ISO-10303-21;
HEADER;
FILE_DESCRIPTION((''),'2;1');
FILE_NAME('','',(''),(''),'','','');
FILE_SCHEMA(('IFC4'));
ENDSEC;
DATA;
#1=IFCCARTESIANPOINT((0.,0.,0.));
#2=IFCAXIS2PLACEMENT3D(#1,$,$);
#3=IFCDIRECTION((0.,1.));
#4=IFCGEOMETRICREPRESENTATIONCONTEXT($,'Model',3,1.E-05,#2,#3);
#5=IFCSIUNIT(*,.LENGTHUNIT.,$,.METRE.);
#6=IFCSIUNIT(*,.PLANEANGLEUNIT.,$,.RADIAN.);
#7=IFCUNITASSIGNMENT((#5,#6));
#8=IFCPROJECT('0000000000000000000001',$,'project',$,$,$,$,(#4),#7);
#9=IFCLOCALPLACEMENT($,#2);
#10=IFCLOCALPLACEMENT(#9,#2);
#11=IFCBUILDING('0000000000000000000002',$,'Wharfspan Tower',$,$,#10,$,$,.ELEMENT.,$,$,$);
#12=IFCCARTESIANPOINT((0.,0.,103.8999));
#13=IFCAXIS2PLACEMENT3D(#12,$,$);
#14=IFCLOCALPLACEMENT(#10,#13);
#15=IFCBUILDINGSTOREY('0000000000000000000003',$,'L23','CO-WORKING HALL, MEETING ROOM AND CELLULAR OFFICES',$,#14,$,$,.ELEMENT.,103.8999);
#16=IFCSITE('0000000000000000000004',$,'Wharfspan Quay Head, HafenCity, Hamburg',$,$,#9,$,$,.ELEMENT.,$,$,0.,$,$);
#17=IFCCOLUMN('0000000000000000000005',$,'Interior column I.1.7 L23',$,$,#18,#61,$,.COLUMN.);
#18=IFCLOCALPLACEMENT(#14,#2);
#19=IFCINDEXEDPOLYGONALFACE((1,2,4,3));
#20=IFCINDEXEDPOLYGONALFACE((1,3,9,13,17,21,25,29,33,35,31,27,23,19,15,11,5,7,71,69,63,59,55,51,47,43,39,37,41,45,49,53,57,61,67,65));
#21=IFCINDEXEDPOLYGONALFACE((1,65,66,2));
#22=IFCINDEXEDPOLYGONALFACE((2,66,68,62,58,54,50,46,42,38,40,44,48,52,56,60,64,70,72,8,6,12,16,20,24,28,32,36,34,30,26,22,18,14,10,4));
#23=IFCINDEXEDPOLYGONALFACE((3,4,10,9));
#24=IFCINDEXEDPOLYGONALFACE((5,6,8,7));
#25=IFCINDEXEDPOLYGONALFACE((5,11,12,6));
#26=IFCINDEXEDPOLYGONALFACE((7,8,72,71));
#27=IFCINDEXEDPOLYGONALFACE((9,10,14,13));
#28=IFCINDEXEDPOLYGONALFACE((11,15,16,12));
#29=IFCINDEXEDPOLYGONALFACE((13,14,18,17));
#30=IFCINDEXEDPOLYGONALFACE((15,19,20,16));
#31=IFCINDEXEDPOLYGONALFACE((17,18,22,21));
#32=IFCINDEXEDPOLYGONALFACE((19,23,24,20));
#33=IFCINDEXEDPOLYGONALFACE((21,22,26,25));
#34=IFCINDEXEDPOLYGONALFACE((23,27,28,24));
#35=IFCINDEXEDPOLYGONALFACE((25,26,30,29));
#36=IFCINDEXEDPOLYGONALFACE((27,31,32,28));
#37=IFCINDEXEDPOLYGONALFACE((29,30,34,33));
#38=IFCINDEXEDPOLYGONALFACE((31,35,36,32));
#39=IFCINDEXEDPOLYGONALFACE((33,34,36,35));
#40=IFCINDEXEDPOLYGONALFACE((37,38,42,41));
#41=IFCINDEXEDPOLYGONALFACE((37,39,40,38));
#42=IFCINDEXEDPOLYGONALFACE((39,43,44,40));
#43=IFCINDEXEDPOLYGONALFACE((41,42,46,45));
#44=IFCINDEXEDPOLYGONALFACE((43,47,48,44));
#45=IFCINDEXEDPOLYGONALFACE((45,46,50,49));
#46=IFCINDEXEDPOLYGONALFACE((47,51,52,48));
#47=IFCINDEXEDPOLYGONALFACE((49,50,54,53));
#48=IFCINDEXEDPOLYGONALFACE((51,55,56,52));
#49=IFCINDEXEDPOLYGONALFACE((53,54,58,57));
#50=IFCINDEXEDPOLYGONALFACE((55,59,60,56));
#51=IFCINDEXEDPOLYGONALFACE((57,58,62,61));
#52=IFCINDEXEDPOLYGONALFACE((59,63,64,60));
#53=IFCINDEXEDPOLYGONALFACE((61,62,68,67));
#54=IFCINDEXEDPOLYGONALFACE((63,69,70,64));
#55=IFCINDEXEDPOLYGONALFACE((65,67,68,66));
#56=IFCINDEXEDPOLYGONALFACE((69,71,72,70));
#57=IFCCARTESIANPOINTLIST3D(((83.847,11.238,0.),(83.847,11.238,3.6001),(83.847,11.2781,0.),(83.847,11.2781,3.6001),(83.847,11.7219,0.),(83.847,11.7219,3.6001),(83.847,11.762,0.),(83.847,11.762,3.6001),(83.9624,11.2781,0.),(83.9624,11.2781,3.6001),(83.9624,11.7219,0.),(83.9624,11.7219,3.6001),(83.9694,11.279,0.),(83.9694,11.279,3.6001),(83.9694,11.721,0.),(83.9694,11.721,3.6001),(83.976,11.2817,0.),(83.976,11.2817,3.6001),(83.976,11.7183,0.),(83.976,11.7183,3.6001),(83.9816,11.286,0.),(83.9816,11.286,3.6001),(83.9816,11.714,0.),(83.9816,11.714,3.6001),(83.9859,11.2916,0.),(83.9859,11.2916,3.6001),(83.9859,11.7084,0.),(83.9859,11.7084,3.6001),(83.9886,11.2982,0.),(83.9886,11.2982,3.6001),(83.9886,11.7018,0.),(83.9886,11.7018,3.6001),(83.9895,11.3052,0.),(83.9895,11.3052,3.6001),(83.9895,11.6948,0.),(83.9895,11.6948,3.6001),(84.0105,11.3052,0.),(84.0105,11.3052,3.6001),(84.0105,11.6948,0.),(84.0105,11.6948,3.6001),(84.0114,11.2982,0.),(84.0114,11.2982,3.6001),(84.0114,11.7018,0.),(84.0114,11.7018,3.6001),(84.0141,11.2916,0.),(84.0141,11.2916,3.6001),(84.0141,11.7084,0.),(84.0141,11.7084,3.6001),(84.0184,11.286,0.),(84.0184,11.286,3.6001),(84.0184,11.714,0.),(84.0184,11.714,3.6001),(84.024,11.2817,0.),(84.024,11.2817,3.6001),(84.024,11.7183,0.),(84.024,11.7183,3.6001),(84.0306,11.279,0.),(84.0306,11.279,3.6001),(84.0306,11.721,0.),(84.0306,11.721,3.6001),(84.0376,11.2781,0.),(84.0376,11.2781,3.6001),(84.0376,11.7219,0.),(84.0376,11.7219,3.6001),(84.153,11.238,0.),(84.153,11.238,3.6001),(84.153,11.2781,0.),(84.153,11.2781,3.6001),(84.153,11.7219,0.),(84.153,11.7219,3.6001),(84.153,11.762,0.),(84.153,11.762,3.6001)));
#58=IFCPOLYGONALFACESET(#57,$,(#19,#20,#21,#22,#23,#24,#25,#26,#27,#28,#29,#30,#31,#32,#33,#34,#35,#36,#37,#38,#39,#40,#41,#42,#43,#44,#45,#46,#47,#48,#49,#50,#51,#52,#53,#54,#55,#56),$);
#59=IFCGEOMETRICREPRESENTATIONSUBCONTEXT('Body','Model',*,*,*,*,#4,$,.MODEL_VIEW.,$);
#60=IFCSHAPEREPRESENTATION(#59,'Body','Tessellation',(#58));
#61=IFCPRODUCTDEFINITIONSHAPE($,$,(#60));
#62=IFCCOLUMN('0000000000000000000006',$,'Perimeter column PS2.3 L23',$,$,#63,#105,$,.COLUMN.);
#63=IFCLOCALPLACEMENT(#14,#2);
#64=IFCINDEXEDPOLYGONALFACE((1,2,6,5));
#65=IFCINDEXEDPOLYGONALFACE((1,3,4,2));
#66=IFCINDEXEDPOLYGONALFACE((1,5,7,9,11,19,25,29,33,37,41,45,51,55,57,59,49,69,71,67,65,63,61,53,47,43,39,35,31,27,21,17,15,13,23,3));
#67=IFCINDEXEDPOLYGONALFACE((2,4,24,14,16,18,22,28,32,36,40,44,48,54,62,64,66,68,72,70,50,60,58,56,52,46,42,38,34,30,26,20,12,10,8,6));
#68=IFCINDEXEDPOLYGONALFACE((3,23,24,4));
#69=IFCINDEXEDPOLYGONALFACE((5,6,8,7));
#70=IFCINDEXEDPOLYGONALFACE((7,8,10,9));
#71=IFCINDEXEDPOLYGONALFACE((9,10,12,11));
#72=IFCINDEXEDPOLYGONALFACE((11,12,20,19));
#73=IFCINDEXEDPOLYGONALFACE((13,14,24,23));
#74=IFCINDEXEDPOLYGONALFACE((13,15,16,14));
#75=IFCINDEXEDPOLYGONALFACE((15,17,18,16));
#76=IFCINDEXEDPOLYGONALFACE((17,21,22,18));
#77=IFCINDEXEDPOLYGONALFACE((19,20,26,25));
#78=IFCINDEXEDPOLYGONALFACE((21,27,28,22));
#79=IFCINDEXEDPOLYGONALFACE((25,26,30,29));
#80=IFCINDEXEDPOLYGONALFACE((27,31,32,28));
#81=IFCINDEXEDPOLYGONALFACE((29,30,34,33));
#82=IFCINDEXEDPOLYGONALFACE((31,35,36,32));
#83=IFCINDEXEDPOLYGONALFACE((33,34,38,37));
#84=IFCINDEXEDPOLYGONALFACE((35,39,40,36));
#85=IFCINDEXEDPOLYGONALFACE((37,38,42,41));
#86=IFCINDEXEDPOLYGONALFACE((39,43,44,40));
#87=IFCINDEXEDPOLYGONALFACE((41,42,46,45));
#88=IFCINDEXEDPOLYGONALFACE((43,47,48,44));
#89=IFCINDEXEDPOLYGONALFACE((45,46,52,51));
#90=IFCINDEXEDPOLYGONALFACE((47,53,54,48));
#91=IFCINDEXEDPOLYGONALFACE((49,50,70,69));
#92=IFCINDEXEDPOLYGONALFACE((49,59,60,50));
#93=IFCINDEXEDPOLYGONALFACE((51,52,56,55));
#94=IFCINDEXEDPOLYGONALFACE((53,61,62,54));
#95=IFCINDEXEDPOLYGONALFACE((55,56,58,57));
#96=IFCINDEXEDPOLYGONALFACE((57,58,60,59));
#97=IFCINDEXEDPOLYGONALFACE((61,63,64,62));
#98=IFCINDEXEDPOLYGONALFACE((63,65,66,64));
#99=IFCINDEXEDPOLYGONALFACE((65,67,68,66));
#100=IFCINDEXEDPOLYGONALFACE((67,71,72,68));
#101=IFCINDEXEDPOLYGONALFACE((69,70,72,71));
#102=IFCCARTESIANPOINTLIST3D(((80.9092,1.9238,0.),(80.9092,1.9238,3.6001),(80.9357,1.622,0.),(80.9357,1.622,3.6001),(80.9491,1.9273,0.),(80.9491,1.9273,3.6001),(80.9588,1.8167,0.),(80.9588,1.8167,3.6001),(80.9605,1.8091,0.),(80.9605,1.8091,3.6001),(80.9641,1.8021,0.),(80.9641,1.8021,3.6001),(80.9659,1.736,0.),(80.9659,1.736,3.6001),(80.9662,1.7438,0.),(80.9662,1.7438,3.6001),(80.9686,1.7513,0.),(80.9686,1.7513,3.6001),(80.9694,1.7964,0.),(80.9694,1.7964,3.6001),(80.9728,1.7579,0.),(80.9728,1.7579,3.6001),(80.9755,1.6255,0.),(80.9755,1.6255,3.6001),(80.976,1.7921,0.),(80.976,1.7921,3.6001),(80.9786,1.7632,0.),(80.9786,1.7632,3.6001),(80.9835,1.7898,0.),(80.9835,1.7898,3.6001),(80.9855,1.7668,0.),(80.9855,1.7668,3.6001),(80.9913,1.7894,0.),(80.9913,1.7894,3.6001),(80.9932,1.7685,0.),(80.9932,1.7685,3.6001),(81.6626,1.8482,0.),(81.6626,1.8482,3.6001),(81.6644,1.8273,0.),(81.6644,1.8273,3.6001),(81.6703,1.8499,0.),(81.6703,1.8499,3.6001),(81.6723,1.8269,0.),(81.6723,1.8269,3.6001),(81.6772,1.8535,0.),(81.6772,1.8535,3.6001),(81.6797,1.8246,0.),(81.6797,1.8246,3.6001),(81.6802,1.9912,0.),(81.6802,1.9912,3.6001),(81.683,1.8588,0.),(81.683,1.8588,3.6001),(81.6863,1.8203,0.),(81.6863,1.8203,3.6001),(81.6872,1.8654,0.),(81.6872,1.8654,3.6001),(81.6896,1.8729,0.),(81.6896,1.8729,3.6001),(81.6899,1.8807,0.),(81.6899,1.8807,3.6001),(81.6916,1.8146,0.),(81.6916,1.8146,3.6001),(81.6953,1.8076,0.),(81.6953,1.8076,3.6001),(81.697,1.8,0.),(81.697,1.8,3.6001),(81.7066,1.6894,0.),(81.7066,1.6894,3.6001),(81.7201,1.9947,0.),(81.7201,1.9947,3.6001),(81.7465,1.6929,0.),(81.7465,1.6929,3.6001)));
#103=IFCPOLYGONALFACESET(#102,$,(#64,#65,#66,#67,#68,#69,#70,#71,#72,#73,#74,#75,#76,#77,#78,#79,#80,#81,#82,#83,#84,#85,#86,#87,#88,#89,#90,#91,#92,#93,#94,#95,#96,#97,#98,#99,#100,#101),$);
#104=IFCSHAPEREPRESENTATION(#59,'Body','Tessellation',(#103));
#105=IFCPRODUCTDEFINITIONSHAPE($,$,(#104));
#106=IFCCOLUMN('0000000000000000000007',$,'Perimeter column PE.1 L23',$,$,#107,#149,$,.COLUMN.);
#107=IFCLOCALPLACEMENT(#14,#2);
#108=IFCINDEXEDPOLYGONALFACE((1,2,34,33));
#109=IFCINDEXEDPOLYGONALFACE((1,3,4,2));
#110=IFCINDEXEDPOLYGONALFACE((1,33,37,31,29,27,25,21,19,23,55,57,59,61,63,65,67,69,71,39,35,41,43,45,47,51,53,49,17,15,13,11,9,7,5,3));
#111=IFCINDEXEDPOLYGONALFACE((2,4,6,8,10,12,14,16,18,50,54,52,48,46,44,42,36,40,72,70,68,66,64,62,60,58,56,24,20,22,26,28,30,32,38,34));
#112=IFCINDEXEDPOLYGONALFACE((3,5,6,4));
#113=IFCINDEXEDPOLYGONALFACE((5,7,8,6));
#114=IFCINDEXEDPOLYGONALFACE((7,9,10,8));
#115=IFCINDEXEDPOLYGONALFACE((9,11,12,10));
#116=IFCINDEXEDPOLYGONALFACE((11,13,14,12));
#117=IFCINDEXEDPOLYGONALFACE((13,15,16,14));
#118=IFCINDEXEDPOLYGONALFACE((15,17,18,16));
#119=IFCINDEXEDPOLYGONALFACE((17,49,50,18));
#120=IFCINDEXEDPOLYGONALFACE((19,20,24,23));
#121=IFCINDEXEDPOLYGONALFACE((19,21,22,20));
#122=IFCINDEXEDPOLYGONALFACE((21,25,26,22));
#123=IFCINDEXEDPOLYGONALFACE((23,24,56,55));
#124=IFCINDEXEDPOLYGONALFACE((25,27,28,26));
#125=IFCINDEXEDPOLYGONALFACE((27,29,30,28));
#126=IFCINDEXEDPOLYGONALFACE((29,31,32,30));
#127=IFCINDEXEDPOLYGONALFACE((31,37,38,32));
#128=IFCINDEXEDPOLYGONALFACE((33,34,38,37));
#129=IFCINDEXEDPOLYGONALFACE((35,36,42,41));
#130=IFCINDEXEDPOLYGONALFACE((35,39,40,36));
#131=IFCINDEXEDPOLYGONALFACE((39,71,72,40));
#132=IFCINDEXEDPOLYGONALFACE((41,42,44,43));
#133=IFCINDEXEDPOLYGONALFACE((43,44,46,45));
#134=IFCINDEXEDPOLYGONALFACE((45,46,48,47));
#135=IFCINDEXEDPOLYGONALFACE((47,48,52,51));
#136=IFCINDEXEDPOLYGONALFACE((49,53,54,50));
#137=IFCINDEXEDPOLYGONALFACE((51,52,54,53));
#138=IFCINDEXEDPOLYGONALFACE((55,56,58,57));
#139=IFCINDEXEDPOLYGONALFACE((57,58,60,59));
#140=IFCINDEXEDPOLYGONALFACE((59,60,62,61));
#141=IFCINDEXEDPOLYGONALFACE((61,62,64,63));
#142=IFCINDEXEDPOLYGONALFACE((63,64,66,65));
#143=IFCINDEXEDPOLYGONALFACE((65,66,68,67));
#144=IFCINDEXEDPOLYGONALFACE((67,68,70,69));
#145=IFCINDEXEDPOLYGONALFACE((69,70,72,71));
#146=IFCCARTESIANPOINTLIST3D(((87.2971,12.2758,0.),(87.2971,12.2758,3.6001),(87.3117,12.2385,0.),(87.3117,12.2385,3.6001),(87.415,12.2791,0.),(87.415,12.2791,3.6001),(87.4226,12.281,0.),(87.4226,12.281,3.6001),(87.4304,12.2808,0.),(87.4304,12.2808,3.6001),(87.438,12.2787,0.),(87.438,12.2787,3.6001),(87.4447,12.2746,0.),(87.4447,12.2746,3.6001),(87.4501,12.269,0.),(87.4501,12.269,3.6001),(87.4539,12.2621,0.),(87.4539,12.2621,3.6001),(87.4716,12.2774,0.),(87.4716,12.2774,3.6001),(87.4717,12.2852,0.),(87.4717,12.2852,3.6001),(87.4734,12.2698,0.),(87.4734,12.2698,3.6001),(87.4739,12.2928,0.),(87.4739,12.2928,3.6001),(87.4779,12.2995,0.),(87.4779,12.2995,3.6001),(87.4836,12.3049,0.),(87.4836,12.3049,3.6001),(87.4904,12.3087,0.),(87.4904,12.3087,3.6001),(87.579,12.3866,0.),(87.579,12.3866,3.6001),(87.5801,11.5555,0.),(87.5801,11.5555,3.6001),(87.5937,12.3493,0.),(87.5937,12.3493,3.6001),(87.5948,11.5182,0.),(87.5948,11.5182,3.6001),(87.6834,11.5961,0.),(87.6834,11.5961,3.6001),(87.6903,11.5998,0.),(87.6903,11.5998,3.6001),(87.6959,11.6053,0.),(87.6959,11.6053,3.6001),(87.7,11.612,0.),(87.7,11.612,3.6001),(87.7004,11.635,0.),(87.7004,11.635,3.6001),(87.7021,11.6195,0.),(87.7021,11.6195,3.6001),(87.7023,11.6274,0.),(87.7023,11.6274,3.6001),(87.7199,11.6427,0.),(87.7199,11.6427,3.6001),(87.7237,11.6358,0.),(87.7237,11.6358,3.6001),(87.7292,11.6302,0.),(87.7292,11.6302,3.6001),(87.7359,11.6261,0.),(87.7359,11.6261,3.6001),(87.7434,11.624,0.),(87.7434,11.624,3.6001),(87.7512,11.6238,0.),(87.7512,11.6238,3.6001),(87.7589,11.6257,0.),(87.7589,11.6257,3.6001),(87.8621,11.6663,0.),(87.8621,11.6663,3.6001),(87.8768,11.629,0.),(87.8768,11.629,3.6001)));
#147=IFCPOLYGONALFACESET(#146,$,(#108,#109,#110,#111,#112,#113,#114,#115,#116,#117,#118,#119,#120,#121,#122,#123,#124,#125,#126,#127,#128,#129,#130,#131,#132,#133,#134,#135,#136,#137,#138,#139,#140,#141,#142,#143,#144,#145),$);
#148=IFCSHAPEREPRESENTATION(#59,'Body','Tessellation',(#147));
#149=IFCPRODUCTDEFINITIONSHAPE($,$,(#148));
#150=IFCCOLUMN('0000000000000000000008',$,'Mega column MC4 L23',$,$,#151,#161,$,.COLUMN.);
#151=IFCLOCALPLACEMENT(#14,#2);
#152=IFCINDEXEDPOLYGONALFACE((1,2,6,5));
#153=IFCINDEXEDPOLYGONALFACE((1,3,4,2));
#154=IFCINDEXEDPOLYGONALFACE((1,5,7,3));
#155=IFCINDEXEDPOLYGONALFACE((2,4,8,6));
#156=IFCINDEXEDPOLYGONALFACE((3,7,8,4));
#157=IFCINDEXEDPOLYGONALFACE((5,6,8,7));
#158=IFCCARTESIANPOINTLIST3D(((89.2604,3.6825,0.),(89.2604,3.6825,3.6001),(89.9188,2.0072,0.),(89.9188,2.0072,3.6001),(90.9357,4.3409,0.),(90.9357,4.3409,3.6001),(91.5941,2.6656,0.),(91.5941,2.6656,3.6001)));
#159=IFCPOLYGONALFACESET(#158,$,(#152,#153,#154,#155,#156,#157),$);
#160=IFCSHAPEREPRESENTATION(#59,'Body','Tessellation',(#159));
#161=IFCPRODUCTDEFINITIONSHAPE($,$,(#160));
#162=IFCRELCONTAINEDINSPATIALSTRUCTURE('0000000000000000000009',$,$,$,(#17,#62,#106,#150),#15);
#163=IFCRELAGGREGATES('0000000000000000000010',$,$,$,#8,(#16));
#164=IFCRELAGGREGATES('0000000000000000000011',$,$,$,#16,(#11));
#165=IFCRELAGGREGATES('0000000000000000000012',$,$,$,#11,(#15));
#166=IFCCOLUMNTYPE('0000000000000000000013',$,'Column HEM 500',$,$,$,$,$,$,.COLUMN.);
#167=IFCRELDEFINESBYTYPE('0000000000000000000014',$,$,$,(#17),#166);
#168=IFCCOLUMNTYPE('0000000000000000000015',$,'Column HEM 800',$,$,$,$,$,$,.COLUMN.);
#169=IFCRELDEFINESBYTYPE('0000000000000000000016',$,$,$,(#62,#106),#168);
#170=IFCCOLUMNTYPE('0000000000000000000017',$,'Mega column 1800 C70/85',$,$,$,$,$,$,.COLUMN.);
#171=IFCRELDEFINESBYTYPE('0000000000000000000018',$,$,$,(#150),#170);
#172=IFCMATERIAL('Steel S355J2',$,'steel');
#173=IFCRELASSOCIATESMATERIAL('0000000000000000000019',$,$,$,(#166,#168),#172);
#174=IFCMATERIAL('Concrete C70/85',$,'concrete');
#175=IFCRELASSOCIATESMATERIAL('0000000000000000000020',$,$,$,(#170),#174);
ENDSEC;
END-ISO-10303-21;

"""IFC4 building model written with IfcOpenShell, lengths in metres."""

from ifc_helpers import new_model, si_unit, direction, frame, origin, origin_2d, place, context, subcontext, project, spatial, rectangle, i_section, extrude, material, material_profile, profile_set, type_object, element, save


model = new_model("IFC4")

# Units and contexts
model_context = context("Model", 3, precision=1e-05, world=origin(), true_north=direction((0.0, 1.0)))
body_context = subcontext(model_context, "Body", "Model", "MODEL_VIEW")
ifc_project = project(units=[si_unit("LENGTHUNIT", "METRE"), si_unit("PLANEANGLEUNIT", "RADIAN")], contexts=[model_context])

# Site, building, storey
site_placement = place(None, origin())
site = spatial("IfcSite", under=ifc_project, at=site_placement, Name="Wharfspan Quay Head, HafenCity, Hamburg", CompositionType="ELEMENT", RefElevation=0.0)
building_placement = place(site_placement, origin())
building = spatial("IfcBuilding", under=site, at=building_placement, Name="Wharfspan Tower", CompositionType="ELEMENT")
storey_placement = place(building_placement, frame((0.0, 0.0, 103.8999)))
storey = spatial("IfcBuildingStorey", under=building, at=storey_placement, Name="L23", Description="CO-WORKING HALL, MEETING ROOM AND CELLULAR OFFICES", CompositionType="ELEMENT", Elevation=103.8999)

# Columns
ifc_material_1 = material(Name="Steel S355J2", Category="steel")
ifc_material_profile_1 = material_profile(ifc_material_1, i_section(OverallWidth=0.3059, OverallDepth=0.5239, WebThickness=0.021, FlangeThickness=0.04, FilletRadius=0.0271, at=origin_2d()))
ifc_profile_set_1 = profile_set([ifc_material_profile_1], Name="Steel S355J2")
column_type_1 = type_object("IfcColumnType", Name="Column HEM 500", PredefinedType="COLUMN", material=ifc_profile_set_1)
column_1_placement = place(storey_placement, frame((84.0, 11.5, 0.0), z_axis=(0.0, 0.0, 1.0), x_axis=(1.0, 0.0, 0.0)))
element("IfcColumn", 1, at=column_1_placement, inside=storey, type_object=column_type_1, Name="Interior column I.1.7 L23", PredefinedType="COLUMN", context=body_context, shape_type="SweptSolid", body=[
    extrude(i_section(OverallWidth=0.3059, OverallDepth=0.5239, WebThickness=0.021, FlangeThickness=0.04, FilletRadius=0.0271, at=origin_2d()), origin(), (0.0, 0.0, 1.0), 3.6001),
])
ifc_material_profile_2 = material_profile(ifc_material_1, i_section(OverallWidth=0.303, OverallDepth=0.814, WebThickness=0.021, FlangeThickness=0.04, FilletRadius=0.03, at=origin_2d()))
ifc_profile_set_2 = profile_set([ifc_material_profile_2], Name="Steel S355J2")
column_type_2 = type_object("IfcColumnType", Name="Column HEM 800", PredefinedType="COLUMN", material=ifc_profile_set_2)
for number, where, z_axis, x_axis, name in (
    (2, (81.3279, 1.8083, 0.0), (0.0, 0.0, 1.0), (0.087156, -0.996198, 0.0), "Perimeter column PS2.3 L23"),
    (3, (87.5869, 11.9524, 0.0), (0.0, 0.0, 1.0), (0.930702, 0.365778, 0.0), "Perimeter column PE.1 L23"),
):
    element("IfcColumn", number, at=place(storey_placement, frame(where, z_axis=z_axis, x_axis=x_axis)), inside=storey, type_object=column_type_2, Name=name, PredefinedType="COLUMN", context=body_context, shape_type="SweptSolid", body=[
        extrude(i_section(OverallWidth=0.303, OverallDepth=0.814, WebThickness=0.021, FlangeThickness=0.04, FilletRadius=0.03, at=origin_2d()), origin(), (0.0, 0.0, 1.0), 3.6001),
    ])
ifc_material_2 = material(Name="Concrete C70/85", Category="concrete")
ifc_material_profile_3 = material_profile(ifc_material_2, rectangle(XDim=1.8, YDim=1.8, at=origin_2d()))
ifc_profile_set_3 = profile_set([ifc_material_profile_3], Name="Concrete C70/85")
column_type_3 = type_object("IfcColumnType", Name="Mega column 1800 C70/85", PredefinedType="COLUMN", material=ifc_profile_set_3)
column_2_placement = place(storey_placement, frame((90.4272, 3.1741, 0.0), z_axis=(0.0, 0.0, 1.0), x_axis=(-0.365778, 0.930702, 0.0)))
element("IfcColumn", 4, at=column_2_placement, inside=storey, type_object=column_type_3, Name="Mega column MC4 L23", PredefinedType="COLUMN", context=body_context, shape_type="SweptSolid", body=[
    extrude(rectangle(XDim=1.8, YDim=1.8, at=origin_2d()), origin(), (0.0, 0.0, 1.0), 3.6001),
])

save(model, "model.ifc")
